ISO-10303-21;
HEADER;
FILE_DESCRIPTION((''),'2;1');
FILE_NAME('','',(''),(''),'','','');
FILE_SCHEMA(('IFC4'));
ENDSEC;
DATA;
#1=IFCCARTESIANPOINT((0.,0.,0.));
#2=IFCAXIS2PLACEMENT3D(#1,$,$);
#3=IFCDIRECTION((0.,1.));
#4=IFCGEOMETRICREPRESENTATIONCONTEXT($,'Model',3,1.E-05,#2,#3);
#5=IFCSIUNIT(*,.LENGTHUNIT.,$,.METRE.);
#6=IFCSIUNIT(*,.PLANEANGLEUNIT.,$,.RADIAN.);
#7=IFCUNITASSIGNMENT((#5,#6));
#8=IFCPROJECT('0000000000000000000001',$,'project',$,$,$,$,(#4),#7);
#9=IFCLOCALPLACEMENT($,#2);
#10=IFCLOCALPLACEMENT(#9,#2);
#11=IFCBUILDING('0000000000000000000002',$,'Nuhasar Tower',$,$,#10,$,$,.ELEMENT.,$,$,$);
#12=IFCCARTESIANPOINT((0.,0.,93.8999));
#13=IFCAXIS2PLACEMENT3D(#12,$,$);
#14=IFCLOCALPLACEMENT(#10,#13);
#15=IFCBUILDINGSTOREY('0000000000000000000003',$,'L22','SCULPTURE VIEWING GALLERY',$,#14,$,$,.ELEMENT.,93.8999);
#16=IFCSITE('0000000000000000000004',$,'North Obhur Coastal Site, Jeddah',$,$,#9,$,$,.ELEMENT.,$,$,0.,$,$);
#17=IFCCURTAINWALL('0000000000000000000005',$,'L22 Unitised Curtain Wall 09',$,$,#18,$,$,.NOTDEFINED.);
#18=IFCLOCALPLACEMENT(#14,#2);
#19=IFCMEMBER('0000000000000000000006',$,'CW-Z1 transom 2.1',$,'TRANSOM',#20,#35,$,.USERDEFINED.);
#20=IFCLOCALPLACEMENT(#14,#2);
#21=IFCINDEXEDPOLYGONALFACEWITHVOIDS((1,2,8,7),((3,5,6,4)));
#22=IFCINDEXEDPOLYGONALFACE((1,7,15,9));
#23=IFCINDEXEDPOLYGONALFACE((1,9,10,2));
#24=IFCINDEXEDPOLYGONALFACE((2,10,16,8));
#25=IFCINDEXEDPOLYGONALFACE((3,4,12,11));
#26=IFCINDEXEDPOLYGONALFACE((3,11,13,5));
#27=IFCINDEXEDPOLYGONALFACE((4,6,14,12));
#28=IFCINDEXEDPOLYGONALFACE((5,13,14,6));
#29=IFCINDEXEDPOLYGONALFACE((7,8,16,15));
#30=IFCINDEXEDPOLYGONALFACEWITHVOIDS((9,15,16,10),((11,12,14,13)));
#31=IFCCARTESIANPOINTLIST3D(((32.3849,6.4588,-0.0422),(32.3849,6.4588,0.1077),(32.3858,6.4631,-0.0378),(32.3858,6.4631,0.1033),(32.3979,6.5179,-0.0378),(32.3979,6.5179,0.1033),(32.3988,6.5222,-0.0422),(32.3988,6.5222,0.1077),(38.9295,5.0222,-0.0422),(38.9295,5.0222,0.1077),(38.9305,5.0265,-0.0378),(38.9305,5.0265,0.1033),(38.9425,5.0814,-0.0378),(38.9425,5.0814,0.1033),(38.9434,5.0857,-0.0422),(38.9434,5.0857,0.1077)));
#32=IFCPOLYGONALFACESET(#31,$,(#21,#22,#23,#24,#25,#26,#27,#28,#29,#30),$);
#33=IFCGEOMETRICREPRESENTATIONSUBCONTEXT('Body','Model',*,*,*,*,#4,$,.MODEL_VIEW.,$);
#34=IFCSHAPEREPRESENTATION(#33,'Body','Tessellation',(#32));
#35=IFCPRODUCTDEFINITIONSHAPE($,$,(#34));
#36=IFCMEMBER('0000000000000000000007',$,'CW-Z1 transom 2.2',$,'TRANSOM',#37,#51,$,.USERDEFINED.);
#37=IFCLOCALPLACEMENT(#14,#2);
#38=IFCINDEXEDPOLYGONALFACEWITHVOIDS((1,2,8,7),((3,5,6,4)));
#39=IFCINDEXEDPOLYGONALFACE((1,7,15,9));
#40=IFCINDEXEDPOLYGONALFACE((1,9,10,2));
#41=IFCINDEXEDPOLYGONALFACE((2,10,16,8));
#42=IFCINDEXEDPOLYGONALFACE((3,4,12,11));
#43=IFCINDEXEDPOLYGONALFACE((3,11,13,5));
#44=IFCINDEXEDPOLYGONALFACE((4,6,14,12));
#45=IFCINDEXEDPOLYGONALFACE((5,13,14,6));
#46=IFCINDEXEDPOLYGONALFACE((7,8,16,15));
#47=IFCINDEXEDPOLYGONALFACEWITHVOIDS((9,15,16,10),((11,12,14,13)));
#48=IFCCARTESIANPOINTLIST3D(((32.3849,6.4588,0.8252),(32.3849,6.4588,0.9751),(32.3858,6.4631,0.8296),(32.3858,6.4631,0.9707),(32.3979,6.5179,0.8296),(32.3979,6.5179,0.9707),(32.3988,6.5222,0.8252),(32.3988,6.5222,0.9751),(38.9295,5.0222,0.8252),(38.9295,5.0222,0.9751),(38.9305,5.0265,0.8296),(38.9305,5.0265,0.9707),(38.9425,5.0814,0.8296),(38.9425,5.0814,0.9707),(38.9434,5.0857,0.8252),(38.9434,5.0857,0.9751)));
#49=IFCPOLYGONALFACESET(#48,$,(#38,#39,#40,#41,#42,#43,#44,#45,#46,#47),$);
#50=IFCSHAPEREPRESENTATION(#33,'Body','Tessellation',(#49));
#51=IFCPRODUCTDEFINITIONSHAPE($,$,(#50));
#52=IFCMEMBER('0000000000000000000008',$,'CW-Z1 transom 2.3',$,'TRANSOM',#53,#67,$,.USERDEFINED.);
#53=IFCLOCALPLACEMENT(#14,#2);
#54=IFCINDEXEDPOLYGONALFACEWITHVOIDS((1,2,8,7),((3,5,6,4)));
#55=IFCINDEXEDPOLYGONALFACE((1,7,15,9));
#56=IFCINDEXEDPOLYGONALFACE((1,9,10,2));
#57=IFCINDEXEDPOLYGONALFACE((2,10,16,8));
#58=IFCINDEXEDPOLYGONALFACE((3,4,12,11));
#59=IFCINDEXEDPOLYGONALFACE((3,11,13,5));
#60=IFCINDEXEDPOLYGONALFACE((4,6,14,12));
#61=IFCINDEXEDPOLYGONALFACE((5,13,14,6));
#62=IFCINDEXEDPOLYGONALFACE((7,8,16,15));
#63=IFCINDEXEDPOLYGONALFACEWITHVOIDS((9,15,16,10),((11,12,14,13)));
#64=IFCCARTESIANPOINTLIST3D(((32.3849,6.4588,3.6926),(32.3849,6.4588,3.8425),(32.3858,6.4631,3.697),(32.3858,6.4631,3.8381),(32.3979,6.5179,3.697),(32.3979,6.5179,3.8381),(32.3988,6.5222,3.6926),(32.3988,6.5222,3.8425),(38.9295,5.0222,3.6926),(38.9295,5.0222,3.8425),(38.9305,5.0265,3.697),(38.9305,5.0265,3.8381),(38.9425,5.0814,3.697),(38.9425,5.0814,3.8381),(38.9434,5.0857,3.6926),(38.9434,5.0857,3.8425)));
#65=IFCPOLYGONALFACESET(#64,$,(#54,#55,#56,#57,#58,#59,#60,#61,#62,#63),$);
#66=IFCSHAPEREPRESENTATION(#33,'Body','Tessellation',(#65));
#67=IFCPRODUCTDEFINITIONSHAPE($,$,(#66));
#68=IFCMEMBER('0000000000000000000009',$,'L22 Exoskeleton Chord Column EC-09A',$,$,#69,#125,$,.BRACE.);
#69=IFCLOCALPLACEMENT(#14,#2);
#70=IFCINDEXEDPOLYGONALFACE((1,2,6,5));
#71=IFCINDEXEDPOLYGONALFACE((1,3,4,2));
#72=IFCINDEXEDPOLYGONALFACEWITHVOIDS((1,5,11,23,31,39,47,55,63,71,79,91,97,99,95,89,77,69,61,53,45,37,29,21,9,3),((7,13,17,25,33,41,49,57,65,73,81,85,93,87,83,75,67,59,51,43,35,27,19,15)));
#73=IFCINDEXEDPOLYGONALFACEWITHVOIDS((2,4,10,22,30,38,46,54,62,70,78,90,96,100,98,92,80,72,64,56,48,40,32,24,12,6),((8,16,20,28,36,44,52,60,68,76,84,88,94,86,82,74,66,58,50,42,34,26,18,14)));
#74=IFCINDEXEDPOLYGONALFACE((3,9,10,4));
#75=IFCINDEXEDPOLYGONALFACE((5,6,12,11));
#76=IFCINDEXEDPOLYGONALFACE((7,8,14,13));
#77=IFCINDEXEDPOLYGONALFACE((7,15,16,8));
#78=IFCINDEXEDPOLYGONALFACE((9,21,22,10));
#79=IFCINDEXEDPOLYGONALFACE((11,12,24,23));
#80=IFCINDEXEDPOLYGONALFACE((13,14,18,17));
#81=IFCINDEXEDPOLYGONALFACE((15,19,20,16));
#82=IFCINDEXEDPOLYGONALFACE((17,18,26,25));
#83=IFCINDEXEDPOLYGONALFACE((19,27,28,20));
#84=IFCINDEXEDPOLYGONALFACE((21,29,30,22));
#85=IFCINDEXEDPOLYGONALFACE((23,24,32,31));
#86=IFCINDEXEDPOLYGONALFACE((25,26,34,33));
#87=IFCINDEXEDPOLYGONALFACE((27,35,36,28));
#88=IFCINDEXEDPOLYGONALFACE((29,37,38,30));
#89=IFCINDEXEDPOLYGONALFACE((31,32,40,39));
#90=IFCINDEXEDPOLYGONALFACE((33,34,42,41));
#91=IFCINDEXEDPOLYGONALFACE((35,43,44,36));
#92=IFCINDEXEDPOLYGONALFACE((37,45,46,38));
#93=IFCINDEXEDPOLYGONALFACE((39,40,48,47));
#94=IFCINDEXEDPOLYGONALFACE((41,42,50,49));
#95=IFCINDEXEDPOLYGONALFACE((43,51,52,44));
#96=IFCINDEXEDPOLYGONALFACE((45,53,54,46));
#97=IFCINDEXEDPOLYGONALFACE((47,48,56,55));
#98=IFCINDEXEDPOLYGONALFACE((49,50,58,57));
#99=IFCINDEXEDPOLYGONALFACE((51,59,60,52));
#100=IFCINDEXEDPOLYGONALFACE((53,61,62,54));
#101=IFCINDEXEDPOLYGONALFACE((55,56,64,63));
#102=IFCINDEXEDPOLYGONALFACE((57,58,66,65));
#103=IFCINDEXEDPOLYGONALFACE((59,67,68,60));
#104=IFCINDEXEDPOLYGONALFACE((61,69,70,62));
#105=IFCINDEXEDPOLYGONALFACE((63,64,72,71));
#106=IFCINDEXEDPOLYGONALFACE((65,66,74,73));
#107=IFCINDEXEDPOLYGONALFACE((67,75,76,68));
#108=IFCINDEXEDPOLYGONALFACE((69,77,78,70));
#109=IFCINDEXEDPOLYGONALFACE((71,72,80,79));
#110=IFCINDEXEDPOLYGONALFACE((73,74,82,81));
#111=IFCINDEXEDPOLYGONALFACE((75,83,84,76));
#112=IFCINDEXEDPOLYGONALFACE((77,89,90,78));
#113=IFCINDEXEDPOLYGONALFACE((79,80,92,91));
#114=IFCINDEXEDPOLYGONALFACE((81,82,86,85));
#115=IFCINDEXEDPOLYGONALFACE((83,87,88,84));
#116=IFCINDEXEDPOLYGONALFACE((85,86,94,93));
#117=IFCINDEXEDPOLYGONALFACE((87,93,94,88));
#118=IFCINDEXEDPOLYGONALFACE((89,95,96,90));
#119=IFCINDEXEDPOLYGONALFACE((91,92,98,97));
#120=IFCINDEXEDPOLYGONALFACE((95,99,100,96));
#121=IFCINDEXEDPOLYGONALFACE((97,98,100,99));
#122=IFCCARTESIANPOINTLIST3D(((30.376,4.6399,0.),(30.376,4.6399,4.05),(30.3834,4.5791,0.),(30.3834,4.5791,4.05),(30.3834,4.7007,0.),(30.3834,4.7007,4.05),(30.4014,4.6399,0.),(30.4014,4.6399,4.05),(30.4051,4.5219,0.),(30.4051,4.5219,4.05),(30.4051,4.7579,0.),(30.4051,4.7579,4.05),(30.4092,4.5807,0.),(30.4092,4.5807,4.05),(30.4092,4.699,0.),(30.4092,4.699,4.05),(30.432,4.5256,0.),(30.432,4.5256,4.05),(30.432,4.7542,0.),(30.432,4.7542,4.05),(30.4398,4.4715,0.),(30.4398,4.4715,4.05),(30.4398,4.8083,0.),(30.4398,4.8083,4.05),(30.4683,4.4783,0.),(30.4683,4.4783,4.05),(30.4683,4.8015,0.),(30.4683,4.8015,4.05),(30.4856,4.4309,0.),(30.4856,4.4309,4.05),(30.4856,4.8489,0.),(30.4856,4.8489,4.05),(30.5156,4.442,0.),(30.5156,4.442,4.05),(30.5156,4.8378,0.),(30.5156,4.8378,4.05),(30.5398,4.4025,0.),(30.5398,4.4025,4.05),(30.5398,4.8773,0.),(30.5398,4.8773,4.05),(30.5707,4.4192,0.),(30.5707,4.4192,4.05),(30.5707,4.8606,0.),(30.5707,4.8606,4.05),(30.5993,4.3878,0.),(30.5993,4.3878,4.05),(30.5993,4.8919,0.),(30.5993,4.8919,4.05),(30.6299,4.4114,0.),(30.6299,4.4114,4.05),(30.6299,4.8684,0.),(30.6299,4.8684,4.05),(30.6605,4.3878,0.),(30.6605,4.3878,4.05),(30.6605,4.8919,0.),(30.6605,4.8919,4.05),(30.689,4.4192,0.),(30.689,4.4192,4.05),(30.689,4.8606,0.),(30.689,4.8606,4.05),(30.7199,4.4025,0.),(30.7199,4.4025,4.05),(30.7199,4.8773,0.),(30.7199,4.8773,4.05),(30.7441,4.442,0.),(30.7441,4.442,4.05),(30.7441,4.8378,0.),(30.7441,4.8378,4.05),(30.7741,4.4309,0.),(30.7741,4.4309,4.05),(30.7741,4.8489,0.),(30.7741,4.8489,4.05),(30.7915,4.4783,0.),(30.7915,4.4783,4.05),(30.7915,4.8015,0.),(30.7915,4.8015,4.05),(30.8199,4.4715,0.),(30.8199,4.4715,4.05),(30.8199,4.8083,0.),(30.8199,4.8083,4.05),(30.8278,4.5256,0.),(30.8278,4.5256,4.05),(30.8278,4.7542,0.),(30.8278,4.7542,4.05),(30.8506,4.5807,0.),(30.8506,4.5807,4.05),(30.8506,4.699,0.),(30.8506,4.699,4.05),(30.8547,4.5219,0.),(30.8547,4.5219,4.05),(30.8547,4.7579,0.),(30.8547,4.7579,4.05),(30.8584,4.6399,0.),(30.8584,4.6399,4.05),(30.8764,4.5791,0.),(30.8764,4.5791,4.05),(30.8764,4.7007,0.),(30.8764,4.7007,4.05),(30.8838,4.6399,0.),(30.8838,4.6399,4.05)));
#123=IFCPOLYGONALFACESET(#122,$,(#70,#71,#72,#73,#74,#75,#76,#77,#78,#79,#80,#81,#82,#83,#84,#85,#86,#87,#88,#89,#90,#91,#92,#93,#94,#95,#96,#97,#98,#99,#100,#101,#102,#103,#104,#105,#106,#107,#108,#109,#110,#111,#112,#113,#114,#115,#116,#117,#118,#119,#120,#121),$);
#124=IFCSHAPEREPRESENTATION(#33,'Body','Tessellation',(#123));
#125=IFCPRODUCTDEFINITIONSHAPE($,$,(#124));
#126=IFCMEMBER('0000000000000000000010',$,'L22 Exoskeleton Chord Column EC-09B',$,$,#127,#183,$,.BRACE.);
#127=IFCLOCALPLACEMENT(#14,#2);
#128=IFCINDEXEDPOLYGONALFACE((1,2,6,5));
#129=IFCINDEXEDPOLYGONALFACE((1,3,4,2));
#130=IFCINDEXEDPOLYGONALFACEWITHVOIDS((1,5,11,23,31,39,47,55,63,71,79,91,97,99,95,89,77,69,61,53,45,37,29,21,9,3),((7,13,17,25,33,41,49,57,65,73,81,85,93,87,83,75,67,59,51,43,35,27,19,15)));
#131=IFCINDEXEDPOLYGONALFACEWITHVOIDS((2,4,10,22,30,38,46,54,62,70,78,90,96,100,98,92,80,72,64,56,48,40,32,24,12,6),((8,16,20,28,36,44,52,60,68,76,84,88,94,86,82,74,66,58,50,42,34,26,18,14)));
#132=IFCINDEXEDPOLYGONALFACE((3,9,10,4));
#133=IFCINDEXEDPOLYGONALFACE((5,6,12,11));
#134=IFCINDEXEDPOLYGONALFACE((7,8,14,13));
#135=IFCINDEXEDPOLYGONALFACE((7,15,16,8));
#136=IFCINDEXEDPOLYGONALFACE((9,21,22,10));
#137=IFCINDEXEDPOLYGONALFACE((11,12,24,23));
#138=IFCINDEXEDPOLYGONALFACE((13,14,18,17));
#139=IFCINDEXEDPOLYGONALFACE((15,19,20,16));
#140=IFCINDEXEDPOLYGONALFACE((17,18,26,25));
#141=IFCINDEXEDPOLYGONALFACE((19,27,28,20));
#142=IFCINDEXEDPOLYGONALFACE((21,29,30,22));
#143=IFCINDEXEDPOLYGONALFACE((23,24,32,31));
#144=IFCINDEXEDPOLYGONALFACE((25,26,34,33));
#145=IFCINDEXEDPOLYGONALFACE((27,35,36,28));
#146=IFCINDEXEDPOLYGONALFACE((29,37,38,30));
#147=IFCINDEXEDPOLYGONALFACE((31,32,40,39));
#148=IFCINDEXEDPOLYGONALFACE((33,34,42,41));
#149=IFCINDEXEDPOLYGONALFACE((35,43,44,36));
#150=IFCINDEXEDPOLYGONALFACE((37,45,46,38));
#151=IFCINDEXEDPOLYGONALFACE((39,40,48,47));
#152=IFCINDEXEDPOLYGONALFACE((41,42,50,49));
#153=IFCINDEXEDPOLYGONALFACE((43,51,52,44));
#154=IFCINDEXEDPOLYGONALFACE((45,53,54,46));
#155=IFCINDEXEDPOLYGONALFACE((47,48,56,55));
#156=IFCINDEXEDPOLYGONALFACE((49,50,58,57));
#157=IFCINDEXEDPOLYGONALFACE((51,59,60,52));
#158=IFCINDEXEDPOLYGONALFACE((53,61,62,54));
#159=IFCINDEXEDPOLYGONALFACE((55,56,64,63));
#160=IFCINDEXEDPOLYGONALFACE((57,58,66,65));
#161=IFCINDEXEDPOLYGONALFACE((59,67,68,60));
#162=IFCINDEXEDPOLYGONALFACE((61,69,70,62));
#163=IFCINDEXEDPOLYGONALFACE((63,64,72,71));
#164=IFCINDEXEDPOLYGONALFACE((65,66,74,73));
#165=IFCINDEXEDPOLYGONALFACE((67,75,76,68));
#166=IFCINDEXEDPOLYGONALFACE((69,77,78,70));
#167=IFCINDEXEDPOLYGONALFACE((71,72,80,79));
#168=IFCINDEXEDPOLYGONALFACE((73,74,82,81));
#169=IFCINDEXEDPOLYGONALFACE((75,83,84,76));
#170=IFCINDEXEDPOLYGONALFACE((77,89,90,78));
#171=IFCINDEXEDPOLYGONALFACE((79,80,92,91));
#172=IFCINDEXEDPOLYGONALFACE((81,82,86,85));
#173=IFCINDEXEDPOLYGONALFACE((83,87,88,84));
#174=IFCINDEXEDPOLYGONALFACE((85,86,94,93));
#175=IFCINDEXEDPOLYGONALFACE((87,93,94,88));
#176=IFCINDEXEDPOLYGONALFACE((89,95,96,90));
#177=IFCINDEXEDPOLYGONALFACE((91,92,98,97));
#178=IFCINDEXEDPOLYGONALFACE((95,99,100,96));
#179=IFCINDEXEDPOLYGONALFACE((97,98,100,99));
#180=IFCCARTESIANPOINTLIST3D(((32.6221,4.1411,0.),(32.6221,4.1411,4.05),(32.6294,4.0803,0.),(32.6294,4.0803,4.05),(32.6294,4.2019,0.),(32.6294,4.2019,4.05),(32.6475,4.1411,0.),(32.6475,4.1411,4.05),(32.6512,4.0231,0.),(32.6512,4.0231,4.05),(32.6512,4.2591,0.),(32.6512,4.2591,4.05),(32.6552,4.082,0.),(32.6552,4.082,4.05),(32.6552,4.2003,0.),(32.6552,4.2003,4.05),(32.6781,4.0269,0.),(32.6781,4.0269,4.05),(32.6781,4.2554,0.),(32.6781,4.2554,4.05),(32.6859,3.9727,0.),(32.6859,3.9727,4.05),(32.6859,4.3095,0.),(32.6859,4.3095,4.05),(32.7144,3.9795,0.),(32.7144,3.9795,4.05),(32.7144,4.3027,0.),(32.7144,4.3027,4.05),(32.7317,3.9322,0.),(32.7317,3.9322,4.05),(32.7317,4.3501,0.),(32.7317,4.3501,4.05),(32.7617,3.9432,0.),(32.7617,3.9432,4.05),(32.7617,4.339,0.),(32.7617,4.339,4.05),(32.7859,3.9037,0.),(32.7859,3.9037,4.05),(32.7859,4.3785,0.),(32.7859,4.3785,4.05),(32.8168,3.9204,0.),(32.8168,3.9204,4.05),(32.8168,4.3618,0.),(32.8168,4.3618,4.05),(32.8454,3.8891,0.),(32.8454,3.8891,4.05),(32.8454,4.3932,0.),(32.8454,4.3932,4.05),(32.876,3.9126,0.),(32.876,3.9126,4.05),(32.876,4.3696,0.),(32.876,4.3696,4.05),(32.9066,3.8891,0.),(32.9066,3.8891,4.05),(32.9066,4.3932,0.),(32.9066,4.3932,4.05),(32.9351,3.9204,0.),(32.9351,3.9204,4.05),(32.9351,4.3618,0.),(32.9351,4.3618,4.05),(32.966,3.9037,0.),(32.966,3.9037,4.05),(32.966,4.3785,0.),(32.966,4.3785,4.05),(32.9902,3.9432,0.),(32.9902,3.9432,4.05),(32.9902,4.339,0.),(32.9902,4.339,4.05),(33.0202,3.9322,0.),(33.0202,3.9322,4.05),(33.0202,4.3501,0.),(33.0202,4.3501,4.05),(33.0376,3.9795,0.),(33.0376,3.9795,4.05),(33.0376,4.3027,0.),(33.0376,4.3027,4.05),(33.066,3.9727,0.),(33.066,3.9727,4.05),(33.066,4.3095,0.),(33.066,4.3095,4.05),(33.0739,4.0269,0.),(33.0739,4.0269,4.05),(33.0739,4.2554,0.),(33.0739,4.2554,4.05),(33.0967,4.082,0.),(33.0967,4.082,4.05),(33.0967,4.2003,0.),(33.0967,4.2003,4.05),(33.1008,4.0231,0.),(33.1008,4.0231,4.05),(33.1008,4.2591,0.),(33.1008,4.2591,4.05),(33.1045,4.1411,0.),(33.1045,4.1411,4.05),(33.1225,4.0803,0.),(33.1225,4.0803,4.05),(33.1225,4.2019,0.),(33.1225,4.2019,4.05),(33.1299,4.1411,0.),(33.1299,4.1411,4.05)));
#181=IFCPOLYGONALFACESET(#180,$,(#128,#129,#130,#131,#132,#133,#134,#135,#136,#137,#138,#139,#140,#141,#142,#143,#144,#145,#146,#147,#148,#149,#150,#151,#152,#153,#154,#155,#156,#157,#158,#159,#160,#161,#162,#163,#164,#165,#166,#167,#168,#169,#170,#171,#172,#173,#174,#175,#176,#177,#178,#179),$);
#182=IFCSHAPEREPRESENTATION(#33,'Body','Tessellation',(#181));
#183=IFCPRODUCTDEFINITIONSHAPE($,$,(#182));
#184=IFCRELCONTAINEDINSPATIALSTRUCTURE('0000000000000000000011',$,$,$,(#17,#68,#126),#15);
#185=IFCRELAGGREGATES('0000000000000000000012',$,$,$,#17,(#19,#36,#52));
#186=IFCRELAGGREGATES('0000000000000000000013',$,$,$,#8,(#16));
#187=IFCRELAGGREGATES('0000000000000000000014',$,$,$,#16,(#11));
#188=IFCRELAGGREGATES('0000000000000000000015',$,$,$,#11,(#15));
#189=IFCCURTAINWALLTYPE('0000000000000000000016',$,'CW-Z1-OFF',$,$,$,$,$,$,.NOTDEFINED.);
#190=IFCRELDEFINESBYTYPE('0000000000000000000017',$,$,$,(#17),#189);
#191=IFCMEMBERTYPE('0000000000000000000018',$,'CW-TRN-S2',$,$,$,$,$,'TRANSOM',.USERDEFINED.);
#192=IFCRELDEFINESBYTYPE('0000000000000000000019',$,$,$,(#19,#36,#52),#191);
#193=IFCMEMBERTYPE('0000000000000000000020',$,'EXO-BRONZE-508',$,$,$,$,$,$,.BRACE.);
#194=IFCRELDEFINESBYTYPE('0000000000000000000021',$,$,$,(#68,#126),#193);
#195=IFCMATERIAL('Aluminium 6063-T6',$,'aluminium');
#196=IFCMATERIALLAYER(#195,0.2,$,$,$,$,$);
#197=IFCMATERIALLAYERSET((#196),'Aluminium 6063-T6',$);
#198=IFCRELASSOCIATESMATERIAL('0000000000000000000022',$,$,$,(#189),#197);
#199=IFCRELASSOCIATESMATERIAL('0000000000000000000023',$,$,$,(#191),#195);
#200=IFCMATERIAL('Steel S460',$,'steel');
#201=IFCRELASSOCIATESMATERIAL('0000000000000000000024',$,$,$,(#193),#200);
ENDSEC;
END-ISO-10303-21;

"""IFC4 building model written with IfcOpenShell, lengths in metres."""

from ifc_helpers import new_model, si_unit, direction, frame, origin, origin_2d, place, context, subcontext, project, spatial, hollow_rectangle, hollow_circle, extrude, material, layer, layer_set, material_profile, profile_set, type_object, element, aggregate, save


model = new_model("IFC4")

# Units and contexts
model_context = context("Model", 3, precision=1e-05, world=origin(), true_north=direction((0.0, 1.0)))
body_context = subcontext(model_context, "Body", "Model", "MODEL_VIEW")
ifc_project = project(units=[si_unit("LENGTHUNIT", "METRE"), si_unit("PLANEANGLEUNIT", "RADIAN")], contexts=[model_context])

# Site, building, storey
site_placement = place(None, origin())
site = spatial("IfcSite", under=ifc_project, at=site_placement, Name="North Obhur Coastal Site, Jeddah", CompositionType="ELEMENT", RefElevation=0.0)
building_placement = place(site_placement, origin())
building = spatial("IfcBuilding", under=site, at=building_placement, Name="Nuhasar Tower", CompositionType="ELEMENT")
storey_placement = place(building_placement, frame((0.0, 0.0, 93.8999)))
storey = spatial("IfcBuildingStorey", under=building, at=storey_placement, Name="L22", Description="SCULPTURE VIEWING GALLERY", CompositionType="ELEMENT", Elevation=93.8999)

# Curtain wall, members
ifc_material_1 = material(Name="Aluminium 6063-T6", Category="aluminium")
ifc_layer_1 = layer(ifc_material_1, 0.2)
ifc_layer_set_1 = layer_set([ifc_layer_1], Name="Aluminium 6063-T6")
curtain_wall_type = type_object("IfcCurtainWallType", Name="CW-Z1-OFF", PredefinedType="NOTDEFINED", material=ifc_layer_set_1)
curtain_wall_placement = place(storey_placement, origin())
curtain_wall = element("IfcCurtainWall", 1, at=curtain_wall_placement, inside=storey, type_object=curtain_wall_type, Name="L22 Unitised Curtain Wall 09", PredefinedType="NOTDEFINED")
ifc_material_profile_1 = material_profile(ifc_material_1, hollow_rectangle(XDim=0.0649, YDim=0.1499, WallThickness=0.0044, at=origin_2d()), Name="CWT-2")
ifc_profile_set_1 = profile_set([ifc_material_profile_1], Name="Aluminium 6063-T6")
member_type_1 = type_object("IfcMemberType", Name="CW-TRN-S2", ElementType="TRANSOM", PredefinedType="USERDEFINED", material=ifc_profile_set_1)
member_1_placement = place(storey_placement, frame((32.3918, 6.4905, 0.0327), z_axis=(0.976748, -0.214391, 0.0), x_axis=(0.214391, 0.976748, 0.0)))
member_1 = element("IfcMember", 2, at=member_1_placement, type_object=member_type_1, Name="CW-Z1 transom 2.1", ObjectType="TRANSOM", PredefinedType="USERDEFINED", context=body_context, shape_type="SweptSolid", body=[
    extrude(hollow_rectangle(XDim=0.0649, YDim=0.1499, WallThickness=0.0044, at=origin_2d()), origin(), (0.0, 0.0, 1.0), 6.7004),
])
member_2_placement = place(storey_placement, frame((32.3918, 6.4905, 0.9001), z_axis=(0.976748, -0.214391, 0.0), x_axis=(0.214391, 0.976748, 0.0)))
member_2 = element("IfcMember", 3, at=member_2_placement, type_object=member_type_1, Name="CW-Z1 transom 2.2", ObjectType="TRANSOM", PredefinedType="USERDEFINED", context=body_context, shape_type="SweptSolid", body=[
    extrude(hollow_rectangle(XDim=0.0649, YDim=0.1499, WallThickness=0.0044, at=origin_2d()), origin(), (0.0, 0.0, 1.0), 6.7004),
])
member_3_placement = place(storey_placement, frame((32.3918, 6.4905, 3.7676), z_axis=(0.976748, -0.214391, 0.0), x_axis=(0.214391, 0.976748, 0.0)))
member_3 = element("IfcMember", 4, at=member_3_placement, type_object=member_type_1, Name="CW-Z1 transom 2.3", ObjectType="TRANSOM", PredefinedType="USERDEFINED", context=body_context, shape_type="SweptSolid", body=[
    extrude(hollow_rectangle(XDim=0.0649, YDim=0.1499, WallThickness=0.0044, at=origin_2d()), origin(), (0.0, 0.0, 1.0), 6.7004),
])

# Members
ifc_material_2 = material(Name="Steel S460", Category="steel")
ifc_material_profile_2 = material_profile(ifc_material_2, hollow_circle(Radius=0.2539, WallThickness=0.0254, at=origin_2d()), Name="HSS508X25.4")
ifc_profile_set_2 = profile_set([ifc_material_profile_2], Name="Steel S460")
member_type_2 = type_object("IfcMemberType", Name="EXO-BRONZE-508", PredefinedType="BRACE", material=ifc_profile_set_2)
for number, where, z_axis, x_axis, name in (
    (5, (30.6299, 4.6399, 0.0), (0.0, 0.0, 1.0), (1.0, 0.0, 0.0), "L22 Exoskeleton Chord Column EC-09A"),
    (6, (32.876, 4.1411, 0.0), (0.0, 0.0, 1.0), (1.0, 0.0, 0.0), "L22 Exoskeleton Chord Column EC-09B"),
):
    element("IfcMember", number, at=place(storey_placement, frame(where, z_axis=z_axis, x_axis=x_axis)), inside=storey, type_object=member_type_2, Name=name, PredefinedType="BRACE", context=body_context, shape_type="SweptSolid", body=[
        extrude(hollow_circle(Radius=0.2539, WallThickness=0.0254, at=origin_2d()), origin(), (0.0, 0.0, 1.0), 4.05),
    ])

aggregate(curtain_wall, [member_1, member_2, member_3])

save(model, "model.ifc")
